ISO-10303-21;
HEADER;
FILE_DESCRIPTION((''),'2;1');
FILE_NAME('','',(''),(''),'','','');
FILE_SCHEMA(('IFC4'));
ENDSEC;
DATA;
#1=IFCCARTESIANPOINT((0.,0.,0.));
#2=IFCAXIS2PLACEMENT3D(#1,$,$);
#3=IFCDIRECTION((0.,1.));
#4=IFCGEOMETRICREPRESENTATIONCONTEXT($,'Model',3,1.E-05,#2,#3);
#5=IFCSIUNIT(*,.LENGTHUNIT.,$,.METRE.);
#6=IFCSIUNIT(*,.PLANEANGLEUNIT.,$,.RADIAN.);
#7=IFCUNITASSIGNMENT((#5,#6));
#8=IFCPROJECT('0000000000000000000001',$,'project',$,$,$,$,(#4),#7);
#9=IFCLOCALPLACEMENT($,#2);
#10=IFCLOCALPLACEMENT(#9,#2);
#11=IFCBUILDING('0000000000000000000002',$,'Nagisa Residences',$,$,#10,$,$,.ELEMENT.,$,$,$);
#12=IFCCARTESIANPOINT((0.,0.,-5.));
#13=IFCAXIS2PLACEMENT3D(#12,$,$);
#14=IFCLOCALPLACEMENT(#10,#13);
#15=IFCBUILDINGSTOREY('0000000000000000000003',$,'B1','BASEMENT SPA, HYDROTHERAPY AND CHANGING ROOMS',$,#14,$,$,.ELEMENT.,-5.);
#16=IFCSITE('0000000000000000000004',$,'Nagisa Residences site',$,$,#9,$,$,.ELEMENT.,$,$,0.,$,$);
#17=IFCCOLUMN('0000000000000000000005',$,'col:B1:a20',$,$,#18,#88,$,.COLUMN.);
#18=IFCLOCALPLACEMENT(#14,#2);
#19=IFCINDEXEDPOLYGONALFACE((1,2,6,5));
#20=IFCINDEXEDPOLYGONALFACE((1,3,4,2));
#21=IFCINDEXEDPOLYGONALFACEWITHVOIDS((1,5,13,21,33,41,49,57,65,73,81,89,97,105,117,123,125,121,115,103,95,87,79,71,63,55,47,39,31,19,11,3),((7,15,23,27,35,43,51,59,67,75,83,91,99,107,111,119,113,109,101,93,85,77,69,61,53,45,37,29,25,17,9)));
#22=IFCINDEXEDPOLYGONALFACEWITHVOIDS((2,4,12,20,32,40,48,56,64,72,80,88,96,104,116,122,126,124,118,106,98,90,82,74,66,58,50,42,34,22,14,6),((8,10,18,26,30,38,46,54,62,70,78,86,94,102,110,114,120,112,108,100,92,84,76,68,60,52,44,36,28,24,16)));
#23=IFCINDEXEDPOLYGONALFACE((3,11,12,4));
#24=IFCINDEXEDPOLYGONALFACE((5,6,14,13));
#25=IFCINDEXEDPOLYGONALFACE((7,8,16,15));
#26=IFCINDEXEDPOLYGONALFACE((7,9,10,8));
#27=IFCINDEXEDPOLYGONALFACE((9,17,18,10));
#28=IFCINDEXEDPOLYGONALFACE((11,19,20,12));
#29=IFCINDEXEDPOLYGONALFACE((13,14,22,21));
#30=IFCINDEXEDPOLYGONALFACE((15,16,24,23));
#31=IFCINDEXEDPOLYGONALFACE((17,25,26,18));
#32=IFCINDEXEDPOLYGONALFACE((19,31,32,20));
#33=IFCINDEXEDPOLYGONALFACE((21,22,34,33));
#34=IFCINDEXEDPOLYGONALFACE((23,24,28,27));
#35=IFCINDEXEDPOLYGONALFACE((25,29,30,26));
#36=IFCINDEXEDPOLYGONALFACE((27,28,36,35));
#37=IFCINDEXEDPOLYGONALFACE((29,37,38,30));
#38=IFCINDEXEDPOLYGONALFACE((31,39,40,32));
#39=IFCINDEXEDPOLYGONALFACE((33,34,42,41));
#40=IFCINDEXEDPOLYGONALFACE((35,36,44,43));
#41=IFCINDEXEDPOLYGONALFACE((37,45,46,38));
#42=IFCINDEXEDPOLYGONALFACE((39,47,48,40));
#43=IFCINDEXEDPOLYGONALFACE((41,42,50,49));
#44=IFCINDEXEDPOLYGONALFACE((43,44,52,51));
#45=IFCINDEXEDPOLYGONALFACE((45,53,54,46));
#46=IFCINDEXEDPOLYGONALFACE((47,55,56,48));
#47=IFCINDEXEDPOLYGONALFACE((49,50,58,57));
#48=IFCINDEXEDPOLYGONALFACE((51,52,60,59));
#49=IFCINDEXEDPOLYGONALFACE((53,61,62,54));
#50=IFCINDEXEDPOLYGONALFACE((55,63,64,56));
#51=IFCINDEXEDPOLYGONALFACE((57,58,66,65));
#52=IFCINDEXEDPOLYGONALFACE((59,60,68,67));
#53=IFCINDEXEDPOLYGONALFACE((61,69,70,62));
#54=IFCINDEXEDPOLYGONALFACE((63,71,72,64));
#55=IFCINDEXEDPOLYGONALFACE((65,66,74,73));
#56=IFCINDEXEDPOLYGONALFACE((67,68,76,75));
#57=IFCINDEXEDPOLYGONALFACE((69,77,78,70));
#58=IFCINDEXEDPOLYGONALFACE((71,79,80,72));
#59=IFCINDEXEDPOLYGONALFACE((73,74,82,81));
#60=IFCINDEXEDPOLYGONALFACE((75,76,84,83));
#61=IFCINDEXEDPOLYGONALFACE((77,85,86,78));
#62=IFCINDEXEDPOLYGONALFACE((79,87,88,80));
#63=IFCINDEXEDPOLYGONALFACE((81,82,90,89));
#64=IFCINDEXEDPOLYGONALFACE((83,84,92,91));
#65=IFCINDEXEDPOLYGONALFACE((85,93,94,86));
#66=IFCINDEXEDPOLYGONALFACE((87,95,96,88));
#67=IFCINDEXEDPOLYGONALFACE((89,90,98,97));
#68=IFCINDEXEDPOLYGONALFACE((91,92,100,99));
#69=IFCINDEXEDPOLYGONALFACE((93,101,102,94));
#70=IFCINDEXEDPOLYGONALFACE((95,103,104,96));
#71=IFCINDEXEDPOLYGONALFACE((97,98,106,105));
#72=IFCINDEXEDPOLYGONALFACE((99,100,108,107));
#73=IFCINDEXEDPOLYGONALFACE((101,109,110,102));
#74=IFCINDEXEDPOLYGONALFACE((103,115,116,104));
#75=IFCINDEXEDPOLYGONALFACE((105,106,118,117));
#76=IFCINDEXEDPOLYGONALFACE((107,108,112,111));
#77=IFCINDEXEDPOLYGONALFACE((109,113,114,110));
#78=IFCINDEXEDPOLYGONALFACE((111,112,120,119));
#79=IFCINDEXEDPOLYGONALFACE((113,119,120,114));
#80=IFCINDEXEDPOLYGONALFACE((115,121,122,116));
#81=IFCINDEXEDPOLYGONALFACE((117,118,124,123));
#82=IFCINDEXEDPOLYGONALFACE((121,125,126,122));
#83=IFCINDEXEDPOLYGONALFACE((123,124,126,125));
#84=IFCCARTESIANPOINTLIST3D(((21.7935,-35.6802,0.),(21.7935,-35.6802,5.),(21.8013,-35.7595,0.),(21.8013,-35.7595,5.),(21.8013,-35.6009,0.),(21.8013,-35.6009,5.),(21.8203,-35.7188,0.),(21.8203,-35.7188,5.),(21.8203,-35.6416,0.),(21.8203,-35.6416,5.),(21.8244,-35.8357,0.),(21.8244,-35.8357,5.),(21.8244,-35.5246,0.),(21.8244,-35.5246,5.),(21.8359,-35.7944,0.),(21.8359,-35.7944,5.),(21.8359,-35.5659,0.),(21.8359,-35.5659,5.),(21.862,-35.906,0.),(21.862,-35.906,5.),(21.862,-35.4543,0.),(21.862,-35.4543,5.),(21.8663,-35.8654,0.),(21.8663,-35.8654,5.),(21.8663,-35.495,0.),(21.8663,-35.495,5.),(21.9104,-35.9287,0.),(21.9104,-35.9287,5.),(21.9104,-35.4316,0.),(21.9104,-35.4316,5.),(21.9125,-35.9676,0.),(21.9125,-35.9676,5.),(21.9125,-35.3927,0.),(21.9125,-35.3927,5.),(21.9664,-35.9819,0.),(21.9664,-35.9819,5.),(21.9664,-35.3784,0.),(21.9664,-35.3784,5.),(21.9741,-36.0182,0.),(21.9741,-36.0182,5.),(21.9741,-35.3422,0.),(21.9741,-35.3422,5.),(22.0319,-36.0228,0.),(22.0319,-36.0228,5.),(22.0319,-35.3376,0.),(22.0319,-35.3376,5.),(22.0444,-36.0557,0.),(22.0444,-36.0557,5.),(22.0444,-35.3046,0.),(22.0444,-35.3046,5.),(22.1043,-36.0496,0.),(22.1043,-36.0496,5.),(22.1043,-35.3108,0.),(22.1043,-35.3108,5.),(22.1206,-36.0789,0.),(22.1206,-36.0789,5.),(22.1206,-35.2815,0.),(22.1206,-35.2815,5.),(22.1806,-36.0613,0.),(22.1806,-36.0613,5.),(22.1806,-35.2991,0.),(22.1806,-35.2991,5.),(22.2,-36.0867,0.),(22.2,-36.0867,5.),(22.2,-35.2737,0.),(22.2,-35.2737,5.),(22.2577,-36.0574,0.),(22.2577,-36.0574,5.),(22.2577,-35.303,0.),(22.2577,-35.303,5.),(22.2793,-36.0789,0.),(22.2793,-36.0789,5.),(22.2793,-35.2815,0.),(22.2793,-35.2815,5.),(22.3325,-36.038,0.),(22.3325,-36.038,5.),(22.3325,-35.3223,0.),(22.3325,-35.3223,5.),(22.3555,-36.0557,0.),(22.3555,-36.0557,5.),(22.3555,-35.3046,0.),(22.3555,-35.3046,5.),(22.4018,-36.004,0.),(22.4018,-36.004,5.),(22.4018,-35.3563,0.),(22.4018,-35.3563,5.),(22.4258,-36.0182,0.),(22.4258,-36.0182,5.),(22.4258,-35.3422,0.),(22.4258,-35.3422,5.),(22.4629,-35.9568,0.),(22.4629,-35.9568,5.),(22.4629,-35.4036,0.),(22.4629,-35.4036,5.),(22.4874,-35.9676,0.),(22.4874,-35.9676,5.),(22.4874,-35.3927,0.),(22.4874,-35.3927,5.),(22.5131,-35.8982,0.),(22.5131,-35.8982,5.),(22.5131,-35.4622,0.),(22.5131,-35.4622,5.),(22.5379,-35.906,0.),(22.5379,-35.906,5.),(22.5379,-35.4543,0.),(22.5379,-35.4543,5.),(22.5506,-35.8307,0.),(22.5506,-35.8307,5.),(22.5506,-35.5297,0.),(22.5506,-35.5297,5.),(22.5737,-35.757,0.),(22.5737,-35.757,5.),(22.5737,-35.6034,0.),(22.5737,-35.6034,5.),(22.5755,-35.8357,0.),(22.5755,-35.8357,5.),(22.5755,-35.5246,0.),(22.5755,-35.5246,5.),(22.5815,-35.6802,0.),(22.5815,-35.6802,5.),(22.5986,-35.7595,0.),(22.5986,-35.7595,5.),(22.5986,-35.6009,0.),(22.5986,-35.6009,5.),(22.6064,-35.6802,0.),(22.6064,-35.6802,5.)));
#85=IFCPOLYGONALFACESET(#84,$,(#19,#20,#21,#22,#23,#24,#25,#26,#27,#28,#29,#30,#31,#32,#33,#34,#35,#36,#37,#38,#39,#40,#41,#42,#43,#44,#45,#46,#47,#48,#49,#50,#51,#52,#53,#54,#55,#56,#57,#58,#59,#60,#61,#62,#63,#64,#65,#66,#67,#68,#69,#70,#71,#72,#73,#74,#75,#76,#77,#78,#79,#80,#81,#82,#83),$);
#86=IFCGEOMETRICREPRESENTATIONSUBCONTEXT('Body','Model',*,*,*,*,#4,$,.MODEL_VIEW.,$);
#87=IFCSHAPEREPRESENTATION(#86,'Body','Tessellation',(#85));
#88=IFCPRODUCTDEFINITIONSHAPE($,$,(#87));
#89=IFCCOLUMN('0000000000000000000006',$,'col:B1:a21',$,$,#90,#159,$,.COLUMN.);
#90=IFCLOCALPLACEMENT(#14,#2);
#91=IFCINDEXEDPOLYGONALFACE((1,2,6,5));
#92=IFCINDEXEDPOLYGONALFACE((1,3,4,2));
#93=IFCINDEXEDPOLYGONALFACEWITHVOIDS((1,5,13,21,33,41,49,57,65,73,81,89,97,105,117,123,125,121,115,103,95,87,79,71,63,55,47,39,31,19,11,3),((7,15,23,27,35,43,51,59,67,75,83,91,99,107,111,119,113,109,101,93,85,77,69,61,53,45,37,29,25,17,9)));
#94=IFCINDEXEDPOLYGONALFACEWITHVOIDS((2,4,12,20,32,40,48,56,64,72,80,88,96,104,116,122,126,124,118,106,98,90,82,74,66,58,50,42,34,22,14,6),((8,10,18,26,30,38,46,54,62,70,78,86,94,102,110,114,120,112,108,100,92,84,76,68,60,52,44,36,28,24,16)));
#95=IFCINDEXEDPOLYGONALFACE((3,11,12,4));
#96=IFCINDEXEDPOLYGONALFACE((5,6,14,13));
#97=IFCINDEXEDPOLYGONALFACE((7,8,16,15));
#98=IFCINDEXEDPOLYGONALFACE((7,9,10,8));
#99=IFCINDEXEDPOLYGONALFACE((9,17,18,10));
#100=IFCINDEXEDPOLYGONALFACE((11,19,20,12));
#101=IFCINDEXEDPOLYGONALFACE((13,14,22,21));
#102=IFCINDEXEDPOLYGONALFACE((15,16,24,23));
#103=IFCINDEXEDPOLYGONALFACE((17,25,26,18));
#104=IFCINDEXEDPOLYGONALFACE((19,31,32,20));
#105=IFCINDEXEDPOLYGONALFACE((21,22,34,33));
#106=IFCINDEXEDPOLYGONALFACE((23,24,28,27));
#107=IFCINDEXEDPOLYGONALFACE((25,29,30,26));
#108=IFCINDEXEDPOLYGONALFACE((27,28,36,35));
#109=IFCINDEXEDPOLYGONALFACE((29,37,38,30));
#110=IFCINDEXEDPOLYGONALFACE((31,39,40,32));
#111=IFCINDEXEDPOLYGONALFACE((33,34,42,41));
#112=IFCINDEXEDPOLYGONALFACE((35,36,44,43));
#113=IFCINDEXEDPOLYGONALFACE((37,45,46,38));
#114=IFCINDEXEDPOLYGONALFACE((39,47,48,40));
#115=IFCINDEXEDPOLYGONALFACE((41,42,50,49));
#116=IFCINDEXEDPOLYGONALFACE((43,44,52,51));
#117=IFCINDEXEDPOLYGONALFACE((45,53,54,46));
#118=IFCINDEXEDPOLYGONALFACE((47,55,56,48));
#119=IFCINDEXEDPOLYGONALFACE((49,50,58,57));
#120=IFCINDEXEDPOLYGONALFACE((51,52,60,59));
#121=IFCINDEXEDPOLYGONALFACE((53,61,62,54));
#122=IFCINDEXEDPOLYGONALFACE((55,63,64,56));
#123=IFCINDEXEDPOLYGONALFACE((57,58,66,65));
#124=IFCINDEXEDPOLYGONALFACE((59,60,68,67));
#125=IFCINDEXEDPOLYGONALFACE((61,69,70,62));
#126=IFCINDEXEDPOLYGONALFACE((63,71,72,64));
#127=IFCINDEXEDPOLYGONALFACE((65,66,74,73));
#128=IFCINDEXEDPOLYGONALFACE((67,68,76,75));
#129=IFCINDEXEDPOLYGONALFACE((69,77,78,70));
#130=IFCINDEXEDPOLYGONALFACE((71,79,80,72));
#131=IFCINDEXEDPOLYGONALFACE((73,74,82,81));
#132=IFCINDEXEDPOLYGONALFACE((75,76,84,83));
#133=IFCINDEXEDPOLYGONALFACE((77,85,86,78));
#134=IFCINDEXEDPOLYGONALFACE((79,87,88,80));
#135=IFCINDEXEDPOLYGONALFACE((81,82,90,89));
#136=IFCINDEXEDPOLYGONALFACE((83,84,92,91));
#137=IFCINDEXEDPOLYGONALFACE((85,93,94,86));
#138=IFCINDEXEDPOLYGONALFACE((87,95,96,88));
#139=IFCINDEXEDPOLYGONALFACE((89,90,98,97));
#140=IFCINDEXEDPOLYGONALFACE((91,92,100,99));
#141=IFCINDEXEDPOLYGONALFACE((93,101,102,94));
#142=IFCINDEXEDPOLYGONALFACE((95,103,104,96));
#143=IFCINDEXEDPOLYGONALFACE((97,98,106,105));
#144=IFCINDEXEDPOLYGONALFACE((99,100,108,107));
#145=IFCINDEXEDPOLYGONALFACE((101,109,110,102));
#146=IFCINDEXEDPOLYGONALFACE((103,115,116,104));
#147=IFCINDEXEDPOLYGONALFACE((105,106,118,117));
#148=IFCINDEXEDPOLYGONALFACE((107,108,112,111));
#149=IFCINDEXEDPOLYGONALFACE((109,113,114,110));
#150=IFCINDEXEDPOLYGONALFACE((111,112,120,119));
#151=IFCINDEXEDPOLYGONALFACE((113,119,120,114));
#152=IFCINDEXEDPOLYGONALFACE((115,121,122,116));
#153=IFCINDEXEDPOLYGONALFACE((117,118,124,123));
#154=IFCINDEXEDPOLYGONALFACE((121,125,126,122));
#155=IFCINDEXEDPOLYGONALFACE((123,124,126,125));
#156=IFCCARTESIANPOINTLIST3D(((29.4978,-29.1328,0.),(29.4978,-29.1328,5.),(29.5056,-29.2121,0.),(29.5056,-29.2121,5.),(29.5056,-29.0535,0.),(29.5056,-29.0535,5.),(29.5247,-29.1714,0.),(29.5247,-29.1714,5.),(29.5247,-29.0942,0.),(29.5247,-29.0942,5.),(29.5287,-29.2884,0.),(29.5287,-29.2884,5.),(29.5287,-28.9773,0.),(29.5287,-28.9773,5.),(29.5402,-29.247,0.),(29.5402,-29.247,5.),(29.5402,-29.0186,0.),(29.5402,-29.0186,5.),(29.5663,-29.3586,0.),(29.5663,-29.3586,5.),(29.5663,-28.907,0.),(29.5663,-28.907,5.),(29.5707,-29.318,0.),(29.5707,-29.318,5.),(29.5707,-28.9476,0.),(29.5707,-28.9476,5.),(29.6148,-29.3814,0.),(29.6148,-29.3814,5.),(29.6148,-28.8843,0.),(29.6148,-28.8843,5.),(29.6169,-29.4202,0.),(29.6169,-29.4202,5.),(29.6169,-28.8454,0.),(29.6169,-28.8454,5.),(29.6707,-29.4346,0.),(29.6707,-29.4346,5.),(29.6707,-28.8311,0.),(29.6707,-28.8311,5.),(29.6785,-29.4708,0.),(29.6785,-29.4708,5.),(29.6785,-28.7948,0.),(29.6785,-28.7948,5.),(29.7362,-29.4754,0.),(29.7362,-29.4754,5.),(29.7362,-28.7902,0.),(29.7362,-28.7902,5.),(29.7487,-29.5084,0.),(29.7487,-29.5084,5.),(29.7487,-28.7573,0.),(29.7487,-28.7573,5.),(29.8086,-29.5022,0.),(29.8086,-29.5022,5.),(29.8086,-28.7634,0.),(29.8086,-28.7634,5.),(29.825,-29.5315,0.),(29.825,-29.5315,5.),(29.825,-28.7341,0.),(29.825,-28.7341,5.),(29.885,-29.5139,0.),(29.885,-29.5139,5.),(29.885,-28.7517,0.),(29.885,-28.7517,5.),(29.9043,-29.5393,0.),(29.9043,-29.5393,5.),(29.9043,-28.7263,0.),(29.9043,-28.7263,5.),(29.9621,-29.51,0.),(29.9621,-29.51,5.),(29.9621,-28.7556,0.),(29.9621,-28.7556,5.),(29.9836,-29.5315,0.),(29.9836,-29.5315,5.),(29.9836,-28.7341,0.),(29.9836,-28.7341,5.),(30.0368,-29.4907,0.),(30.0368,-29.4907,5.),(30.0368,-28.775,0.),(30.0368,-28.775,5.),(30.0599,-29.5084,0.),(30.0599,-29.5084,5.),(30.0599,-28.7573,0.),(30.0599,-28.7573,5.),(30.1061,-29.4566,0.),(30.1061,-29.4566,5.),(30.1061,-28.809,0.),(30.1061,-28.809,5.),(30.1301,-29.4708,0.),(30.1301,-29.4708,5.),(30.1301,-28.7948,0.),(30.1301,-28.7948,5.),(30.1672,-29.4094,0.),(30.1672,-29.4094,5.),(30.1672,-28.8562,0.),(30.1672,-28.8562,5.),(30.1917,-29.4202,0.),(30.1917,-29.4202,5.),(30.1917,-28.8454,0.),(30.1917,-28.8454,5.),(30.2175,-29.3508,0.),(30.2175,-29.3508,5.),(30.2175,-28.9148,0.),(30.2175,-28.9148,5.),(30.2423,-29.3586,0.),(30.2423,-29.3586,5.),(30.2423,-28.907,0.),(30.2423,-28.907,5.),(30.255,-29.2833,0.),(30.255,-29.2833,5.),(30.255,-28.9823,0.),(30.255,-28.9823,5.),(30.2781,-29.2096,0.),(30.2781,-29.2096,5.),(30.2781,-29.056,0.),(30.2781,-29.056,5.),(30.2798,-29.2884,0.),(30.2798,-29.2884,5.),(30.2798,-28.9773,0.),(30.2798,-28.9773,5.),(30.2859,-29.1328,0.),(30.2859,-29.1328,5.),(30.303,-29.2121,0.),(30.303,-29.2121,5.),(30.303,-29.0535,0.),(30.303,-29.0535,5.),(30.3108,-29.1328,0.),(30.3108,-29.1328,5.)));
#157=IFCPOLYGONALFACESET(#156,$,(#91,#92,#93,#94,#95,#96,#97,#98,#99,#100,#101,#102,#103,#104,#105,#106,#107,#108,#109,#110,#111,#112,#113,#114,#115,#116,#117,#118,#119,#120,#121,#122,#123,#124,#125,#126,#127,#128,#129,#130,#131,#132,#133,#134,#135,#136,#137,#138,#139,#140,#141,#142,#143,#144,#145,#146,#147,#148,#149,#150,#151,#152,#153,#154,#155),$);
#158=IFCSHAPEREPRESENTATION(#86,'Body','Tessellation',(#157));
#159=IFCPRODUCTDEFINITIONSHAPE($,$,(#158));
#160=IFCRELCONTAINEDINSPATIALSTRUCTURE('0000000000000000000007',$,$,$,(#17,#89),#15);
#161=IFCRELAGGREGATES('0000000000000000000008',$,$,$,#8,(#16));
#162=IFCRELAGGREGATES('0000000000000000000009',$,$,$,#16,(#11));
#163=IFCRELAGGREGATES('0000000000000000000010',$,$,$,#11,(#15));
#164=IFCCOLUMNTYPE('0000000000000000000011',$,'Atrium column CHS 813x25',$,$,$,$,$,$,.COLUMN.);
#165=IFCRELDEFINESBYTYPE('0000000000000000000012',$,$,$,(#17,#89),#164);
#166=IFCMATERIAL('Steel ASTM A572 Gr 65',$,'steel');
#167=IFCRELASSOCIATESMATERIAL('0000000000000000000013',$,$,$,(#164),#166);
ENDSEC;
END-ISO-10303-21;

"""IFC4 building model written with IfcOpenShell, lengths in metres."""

from ifc_helpers import new_model, si_unit, direction, frame, origin, origin_2d, place, context, subcontext, project, spatial, hollow_circle, extrude, material, material_profile, profile_set, type_object, element, save


model = new_model("IFC4")

# Units and contexts
model_context = context("Model", 3, precision=1e-05, world=origin(), true_north=direction((0.0, 1.0)))
body_context = subcontext(model_context, "Body", "Model", "MODEL_VIEW")
ifc_project = project(units=[si_unit("LENGTHUNIT", "METRE"), si_unit("PLANEANGLEUNIT", "RADIAN")], contexts=[model_context])

# Site, building, storey
site_placement = place(None, origin())
site = spatial("IfcSite", under=ifc_project, at=site_placement, Name="Nagisa Residences site", CompositionType="ELEMENT", RefElevation=0.0)
building_placement = place(site_placement, origin())
building = spatial("IfcBuilding", under=site, at=building_placement, Name="Nagisa Residences", CompositionType="ELEMENT")
storey_placement = place(building_placement, frame((0.0, 0.0, -5.0)))
storey = spatial("IfcBuildingStorey", under=building, at=storey_placement, Name="B1", Description="BASEMENT SPA, HYDROTHERAPY AND CHANGING ROOMS", CompositionType="ELEMENT", Elevation=-5.0)

# Columns
ifc_material_1 = material(Name="Steel ASTM A572 Gr 65", Category="steel")
ifc_material_profile_1 = material_profile(ifc_material_1, hollow_circle(Radius=0.4065, WallThickness=0.0249, at=origin_2d()), Name="CHS 813x25")
ifc_profile_set_1 = profile_set([ifc_material_profile_1], Name="Steel ASTM A572 Gr 65")
column_type_1 = type_object("IfcColumnType", Name="Atrium column CHS 813x25", PredefinedType="COLUMN", material=ifc_profile_set_1)
for number, where, z_axis, x_axis, name in (
    (1, (22.2, -35.6802, 0.0), (0.0, 0.0, 1.0), (1.0, 0.0, 0.0), "col:B1:a20"),
    (2, (29.9043, -29.1328, 0.0), (0.0, 0.0, 1.0), (1.0, 0.0, 0.0), "col:B1:a21"),
):
    element("IfcColumn", number, at=place(storey_placement, frame(where, z_axis=z_axis, x_axis=x_axis)), inside=storey, type_object=column_type_1, Name=name, PredefinedType="COLUMN", context=body_context, shape_type="SweptSolid", body=[
        extrude(hollow_circle(Radius=0.4065, WallThickness=0.0249, at=origin_2d()), origin(), (0.0, 0.0, 1.0), 5.0),
    ])

save(model, "model.ifc")
